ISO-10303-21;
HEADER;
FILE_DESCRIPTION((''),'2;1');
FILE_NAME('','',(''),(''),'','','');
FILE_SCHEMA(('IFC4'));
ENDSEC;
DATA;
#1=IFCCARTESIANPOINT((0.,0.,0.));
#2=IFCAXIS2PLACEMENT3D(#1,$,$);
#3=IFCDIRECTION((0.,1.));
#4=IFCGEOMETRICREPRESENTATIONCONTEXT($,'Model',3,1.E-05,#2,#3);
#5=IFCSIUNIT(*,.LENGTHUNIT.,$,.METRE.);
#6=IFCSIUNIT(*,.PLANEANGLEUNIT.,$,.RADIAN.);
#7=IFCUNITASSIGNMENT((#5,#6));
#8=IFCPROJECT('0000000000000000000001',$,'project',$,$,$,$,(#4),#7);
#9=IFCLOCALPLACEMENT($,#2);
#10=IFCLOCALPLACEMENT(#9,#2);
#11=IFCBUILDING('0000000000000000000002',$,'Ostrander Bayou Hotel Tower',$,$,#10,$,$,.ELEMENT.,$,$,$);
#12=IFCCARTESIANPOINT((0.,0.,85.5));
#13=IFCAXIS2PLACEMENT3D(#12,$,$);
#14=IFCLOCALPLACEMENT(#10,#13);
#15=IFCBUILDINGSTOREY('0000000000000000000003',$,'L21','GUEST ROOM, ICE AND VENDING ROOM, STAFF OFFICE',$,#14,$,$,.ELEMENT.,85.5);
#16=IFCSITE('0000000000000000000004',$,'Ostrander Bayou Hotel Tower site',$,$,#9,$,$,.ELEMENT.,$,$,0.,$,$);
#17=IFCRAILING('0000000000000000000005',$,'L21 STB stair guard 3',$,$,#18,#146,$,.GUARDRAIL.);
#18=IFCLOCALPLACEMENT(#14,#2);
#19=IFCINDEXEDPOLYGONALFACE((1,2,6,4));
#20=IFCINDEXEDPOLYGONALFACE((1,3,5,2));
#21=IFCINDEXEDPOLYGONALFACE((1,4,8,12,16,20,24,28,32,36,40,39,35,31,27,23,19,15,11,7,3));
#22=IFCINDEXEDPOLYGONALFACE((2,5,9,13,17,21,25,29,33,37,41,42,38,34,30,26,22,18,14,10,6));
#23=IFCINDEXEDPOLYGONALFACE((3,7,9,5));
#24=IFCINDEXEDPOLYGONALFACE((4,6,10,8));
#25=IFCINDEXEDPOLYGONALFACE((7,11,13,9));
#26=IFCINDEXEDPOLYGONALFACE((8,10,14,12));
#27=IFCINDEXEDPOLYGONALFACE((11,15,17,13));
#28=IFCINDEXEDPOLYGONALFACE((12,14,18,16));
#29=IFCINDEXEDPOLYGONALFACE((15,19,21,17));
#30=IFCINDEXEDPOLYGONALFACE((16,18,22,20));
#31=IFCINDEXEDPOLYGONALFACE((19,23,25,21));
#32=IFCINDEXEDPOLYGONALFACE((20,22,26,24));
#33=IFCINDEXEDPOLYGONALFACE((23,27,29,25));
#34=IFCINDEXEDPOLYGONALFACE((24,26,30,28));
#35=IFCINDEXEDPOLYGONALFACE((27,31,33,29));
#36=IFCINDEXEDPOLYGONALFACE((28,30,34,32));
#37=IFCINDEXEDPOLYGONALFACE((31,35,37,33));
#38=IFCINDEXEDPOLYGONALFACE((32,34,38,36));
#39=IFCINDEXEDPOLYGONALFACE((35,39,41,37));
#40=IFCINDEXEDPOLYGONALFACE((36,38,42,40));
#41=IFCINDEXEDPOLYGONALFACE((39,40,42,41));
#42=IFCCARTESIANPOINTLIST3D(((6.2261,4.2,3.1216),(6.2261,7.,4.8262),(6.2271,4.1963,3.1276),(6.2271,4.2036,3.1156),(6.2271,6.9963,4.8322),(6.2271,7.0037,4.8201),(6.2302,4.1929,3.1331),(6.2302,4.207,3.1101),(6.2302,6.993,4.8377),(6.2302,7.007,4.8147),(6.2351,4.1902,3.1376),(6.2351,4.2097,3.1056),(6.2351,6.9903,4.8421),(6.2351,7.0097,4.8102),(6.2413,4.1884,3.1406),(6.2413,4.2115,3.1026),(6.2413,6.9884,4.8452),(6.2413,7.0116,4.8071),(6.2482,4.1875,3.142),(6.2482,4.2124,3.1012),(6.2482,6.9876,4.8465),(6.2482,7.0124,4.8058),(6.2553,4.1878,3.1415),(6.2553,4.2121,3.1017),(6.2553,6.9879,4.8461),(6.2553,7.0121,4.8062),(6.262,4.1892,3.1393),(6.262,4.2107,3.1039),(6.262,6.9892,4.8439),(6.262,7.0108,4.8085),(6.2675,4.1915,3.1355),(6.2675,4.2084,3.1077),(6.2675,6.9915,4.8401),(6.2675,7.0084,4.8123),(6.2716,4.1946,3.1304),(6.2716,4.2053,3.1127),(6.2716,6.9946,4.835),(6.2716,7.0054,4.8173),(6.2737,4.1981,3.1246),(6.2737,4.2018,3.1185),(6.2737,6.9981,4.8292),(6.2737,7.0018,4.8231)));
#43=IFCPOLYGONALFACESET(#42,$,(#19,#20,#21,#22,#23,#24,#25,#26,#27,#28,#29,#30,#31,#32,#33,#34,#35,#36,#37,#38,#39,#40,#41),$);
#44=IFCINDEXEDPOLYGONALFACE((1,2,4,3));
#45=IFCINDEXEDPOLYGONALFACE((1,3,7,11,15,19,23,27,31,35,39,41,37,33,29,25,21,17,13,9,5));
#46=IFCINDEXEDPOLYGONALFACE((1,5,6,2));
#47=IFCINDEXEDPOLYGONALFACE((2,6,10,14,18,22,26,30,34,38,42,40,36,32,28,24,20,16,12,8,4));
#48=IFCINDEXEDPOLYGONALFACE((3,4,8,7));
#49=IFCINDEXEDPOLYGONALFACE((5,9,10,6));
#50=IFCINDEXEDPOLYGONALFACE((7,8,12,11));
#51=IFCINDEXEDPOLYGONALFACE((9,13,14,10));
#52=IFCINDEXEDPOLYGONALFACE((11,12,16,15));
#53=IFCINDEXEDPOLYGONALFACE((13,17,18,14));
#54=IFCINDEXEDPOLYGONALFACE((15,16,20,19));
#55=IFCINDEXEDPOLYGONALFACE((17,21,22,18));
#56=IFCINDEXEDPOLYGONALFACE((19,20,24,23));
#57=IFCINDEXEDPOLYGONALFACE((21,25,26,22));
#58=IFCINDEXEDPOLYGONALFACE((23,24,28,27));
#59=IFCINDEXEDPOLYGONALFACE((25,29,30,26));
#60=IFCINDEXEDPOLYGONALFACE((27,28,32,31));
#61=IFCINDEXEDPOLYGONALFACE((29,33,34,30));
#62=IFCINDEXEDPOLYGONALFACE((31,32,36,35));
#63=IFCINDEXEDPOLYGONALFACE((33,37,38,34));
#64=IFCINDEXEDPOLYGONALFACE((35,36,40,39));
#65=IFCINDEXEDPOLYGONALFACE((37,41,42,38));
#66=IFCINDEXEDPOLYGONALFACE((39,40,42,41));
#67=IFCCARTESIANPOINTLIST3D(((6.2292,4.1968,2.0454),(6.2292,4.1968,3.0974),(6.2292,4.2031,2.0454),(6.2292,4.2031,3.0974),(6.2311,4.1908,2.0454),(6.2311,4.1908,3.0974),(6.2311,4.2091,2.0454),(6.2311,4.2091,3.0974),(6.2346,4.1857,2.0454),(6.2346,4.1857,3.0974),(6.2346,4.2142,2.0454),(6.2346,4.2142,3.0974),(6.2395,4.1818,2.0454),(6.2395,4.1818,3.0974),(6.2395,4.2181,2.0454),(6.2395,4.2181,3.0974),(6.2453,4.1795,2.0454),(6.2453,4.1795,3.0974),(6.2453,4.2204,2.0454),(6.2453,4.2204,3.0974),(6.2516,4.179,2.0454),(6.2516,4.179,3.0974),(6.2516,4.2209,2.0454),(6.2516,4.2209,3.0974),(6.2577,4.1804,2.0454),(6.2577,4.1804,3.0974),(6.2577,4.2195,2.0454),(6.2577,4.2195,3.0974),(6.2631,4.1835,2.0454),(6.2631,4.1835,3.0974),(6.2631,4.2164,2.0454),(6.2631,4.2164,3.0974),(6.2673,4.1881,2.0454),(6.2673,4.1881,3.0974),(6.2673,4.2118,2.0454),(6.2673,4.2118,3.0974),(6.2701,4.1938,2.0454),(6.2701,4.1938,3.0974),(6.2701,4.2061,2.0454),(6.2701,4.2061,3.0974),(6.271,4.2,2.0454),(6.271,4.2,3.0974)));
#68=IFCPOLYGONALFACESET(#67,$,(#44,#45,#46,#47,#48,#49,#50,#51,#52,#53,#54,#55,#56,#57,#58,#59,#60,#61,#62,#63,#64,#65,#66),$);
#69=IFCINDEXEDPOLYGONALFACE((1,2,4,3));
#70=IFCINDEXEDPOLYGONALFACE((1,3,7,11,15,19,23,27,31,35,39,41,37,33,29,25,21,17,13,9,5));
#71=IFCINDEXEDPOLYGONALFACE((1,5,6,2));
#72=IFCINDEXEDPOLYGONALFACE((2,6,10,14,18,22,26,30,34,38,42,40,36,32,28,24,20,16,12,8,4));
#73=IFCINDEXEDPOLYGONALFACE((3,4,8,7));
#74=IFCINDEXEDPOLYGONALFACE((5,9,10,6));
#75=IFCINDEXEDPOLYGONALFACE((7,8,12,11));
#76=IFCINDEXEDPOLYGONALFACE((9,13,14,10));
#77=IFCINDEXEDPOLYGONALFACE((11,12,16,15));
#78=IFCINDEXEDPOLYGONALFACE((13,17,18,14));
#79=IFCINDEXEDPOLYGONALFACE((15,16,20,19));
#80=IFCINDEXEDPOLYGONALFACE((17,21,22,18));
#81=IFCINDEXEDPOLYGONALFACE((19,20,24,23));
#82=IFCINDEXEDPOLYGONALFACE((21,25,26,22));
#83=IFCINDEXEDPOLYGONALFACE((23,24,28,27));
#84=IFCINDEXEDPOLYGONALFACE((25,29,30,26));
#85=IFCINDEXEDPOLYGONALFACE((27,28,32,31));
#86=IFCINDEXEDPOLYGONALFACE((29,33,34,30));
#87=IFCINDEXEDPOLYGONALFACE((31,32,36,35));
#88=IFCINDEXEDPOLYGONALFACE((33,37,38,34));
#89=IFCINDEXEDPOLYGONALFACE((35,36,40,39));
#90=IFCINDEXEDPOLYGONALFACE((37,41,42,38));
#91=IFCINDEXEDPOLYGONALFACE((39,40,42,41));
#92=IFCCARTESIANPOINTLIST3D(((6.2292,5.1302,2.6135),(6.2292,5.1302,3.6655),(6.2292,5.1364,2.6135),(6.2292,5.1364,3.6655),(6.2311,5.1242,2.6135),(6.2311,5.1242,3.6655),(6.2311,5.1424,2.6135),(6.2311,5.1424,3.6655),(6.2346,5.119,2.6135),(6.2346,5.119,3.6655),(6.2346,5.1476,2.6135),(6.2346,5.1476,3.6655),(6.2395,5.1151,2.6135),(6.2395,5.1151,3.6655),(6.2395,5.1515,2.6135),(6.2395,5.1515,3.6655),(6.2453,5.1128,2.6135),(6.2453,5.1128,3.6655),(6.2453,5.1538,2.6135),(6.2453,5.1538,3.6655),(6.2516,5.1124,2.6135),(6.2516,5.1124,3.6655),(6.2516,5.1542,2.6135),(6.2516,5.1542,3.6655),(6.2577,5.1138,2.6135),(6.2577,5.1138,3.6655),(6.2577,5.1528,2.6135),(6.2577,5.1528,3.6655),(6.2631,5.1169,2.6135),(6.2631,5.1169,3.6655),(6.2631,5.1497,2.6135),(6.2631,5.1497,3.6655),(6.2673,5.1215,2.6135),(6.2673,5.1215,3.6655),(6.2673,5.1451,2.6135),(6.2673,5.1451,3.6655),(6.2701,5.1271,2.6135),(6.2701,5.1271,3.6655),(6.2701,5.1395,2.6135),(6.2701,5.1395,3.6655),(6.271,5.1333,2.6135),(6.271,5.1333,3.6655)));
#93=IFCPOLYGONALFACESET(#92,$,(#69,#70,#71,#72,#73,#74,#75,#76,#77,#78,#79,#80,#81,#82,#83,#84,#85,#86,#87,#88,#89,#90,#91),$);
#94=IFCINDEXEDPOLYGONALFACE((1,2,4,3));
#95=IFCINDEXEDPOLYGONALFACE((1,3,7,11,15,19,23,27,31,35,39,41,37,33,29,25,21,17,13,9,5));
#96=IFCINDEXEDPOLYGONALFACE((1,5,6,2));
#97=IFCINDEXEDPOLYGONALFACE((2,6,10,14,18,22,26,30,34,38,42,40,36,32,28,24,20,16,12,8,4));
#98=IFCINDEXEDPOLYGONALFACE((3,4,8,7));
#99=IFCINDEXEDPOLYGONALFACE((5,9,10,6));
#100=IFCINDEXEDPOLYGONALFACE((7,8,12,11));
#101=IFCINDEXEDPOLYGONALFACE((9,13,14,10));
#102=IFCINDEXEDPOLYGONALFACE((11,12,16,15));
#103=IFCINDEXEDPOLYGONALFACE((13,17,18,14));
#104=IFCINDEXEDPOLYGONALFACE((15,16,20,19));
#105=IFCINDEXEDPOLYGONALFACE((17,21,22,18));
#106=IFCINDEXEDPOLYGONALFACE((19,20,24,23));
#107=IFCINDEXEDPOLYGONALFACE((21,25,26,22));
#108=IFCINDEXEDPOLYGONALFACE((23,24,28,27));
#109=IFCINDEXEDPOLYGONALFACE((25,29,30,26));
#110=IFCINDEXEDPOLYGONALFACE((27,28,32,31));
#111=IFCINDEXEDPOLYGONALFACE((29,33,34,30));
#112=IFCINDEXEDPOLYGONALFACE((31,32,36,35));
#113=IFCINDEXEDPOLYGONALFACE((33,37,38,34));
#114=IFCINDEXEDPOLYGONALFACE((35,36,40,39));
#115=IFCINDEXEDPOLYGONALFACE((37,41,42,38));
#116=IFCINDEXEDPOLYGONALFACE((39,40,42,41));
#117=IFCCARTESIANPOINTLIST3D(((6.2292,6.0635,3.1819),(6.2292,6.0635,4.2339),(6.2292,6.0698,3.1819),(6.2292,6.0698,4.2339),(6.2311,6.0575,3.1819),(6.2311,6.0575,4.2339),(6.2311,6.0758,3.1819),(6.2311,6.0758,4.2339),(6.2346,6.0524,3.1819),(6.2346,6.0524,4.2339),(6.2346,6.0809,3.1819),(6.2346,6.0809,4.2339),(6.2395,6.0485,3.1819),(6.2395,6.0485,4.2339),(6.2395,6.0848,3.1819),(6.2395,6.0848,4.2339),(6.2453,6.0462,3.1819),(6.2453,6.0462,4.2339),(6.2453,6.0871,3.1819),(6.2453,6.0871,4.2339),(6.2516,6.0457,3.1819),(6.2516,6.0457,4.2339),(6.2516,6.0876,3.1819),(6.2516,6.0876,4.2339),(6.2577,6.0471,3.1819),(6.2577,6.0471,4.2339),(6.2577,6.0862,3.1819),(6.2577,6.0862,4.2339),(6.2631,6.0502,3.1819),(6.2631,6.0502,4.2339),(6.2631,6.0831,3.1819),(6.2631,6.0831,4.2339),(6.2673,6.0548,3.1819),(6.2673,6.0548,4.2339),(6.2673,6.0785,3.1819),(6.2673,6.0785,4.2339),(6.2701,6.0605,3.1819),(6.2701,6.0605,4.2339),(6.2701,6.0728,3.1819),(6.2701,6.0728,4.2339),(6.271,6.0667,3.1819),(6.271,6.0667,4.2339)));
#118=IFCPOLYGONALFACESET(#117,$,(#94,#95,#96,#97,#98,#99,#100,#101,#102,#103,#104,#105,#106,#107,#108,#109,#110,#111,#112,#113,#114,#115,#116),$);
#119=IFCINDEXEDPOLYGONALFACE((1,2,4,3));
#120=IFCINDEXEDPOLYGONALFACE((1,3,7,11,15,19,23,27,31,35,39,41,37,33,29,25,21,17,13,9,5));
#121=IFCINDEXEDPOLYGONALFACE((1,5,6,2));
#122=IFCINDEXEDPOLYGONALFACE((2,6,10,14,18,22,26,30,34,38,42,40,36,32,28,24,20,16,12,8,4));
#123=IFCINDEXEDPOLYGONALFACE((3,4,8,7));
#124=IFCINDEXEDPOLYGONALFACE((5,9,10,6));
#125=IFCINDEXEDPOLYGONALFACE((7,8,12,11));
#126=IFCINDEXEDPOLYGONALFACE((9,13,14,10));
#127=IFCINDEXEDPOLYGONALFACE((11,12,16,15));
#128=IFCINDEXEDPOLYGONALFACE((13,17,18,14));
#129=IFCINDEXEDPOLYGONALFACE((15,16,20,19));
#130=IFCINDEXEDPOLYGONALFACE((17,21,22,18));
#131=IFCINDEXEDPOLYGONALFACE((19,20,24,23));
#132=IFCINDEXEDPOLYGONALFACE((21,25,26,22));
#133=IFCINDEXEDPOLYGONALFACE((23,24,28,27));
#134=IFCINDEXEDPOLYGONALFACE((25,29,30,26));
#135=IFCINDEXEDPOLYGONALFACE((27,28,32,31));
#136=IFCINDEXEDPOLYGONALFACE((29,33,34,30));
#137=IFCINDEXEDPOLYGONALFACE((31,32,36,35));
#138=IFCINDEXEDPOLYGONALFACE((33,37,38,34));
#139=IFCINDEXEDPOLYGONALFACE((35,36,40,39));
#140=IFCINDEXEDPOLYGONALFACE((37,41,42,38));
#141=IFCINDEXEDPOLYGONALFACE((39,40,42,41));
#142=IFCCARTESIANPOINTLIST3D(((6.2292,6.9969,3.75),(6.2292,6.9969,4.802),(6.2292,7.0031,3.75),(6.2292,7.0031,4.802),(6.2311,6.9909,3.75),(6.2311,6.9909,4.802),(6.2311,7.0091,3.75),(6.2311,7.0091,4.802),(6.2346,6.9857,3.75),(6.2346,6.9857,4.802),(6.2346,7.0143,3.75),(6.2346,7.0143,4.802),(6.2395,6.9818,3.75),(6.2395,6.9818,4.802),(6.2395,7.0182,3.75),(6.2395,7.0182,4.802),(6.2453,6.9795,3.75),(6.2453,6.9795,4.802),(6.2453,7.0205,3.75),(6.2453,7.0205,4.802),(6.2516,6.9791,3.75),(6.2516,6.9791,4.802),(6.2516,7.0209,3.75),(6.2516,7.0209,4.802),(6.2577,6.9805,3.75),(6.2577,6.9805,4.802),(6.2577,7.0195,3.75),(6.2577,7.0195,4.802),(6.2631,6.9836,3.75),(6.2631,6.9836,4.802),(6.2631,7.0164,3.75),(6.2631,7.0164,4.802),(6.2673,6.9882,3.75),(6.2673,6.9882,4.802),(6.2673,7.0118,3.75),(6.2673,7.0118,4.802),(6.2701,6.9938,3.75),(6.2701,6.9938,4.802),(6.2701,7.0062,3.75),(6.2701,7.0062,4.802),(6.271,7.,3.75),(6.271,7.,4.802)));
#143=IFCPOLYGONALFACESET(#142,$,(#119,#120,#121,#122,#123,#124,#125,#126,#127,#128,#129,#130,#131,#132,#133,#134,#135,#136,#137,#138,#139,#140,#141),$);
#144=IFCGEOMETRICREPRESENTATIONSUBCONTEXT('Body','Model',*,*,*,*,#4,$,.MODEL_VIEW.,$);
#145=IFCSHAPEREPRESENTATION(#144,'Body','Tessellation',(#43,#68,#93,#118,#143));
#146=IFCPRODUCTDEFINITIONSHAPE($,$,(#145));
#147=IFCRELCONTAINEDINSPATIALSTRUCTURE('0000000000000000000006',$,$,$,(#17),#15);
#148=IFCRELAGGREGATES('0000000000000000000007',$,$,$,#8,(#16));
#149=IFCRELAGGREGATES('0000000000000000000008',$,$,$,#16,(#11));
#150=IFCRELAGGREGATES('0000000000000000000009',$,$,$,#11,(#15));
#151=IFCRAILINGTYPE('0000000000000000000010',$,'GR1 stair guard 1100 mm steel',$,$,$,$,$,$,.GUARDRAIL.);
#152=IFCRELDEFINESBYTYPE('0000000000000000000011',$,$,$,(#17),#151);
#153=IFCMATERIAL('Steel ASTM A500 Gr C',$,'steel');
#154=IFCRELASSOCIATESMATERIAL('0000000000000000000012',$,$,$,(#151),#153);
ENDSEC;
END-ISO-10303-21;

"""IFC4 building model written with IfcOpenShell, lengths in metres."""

from ifc_helpers import new_model, si_unit, direction, frame, origin, origin_2d, place, context, subcontext, project, spatial, circle, extrude, material, type_object, element, save


model = new_model("IFC4")

# Units and contexts
model_context = context("Model", 3, precision=1e-05, world=origin(), true_north=direction((0.0, 1.0)))
body_context = subcontext(model_context, "Body", "Model", "MODEL_VIEW")
ifc_project = project(units=[si_unit("LENGTHUNIT", "METRE"), si_unit("PLANEANGLEUNIT", "RADIAN")], contexts=[model_context])

# Site, building, storey
site_placement = place(None, origin())
site = spatial("IfcSite", under=ifc_project, at=site_placement, Name="Ostrander Bayou Hotel Tower site", CompositionType="ELEMENT", RefElevation=0.0)
building_placement = place(site_placement, origin())
building = spatial("IfcBuilding", under=site, at=building_placement, Name="Ostrander Bayou Hotel Tower", CompositionType="ELEMENT")
storey_placement = place(building_placement, frame((0.0, 0.0, 85.5)))
storey = spatial("IfcBuildingStorey", under=building, at=storey_placement, Name="L21", Description="GUEST ROOM, ICE AND VENDING ROOM, STAFF OFFICE", CompositionType="ELEMENT", Elevation=85.5)

# Railing
ifc_material_1 = material(Name="Steel ASTM A500 Gr C", Category="steel")
railing_type_1 = type_object("IfcRailingType", Name="GR1 stair guard 1100 mm steel", PredefinedType="GUARDRAIL", material=ifc_material_1)
railing_1_placement = place(storey_placement, frame((6.25, 4.2, 2.0454)))
element("IfcRailing", 1, at=railing_1_placement, inside=storey, type_object=railing_type_1, Name="L21 STB stair guard 3", PredefinedType="GUARDRAIL", context=body_context, shape_type="SweptSolid", body=[
    extrude(circle(Radius=0.0239, at=origin_2d()), frame((0.0, 0.0, 1.0762), z_axis=(0.0, 0.85417, 0.519994), x_axis=(-1.0, 0.0, 0.0)), (0.0, 0.0, 1.0), 3.2781),
    extrude(circle(Radius=0.021, at=origin_2d()), origin(), (0.0, 0.0, 1.0), 1.052),
    extrude(circle(Radius=0.021, at=origin_2d()), frame((0.0, 0.9333, 0.5681)), (0.0, 0.0, 1.0), 1.052),
    extrude(circle(Radius=0.021, at=origin_2d()), frame((0.0, 1.8667, 1.1365)), (0.0, 0.0, 1.0), 1.052),
    extrude(circle(Radius=0.021, at=origin_2d()), frame((0.0, 2.8, 1.7046)), (0.0, 0.0, 1.0), 1.052),
])

save(model, "model.ifc")
